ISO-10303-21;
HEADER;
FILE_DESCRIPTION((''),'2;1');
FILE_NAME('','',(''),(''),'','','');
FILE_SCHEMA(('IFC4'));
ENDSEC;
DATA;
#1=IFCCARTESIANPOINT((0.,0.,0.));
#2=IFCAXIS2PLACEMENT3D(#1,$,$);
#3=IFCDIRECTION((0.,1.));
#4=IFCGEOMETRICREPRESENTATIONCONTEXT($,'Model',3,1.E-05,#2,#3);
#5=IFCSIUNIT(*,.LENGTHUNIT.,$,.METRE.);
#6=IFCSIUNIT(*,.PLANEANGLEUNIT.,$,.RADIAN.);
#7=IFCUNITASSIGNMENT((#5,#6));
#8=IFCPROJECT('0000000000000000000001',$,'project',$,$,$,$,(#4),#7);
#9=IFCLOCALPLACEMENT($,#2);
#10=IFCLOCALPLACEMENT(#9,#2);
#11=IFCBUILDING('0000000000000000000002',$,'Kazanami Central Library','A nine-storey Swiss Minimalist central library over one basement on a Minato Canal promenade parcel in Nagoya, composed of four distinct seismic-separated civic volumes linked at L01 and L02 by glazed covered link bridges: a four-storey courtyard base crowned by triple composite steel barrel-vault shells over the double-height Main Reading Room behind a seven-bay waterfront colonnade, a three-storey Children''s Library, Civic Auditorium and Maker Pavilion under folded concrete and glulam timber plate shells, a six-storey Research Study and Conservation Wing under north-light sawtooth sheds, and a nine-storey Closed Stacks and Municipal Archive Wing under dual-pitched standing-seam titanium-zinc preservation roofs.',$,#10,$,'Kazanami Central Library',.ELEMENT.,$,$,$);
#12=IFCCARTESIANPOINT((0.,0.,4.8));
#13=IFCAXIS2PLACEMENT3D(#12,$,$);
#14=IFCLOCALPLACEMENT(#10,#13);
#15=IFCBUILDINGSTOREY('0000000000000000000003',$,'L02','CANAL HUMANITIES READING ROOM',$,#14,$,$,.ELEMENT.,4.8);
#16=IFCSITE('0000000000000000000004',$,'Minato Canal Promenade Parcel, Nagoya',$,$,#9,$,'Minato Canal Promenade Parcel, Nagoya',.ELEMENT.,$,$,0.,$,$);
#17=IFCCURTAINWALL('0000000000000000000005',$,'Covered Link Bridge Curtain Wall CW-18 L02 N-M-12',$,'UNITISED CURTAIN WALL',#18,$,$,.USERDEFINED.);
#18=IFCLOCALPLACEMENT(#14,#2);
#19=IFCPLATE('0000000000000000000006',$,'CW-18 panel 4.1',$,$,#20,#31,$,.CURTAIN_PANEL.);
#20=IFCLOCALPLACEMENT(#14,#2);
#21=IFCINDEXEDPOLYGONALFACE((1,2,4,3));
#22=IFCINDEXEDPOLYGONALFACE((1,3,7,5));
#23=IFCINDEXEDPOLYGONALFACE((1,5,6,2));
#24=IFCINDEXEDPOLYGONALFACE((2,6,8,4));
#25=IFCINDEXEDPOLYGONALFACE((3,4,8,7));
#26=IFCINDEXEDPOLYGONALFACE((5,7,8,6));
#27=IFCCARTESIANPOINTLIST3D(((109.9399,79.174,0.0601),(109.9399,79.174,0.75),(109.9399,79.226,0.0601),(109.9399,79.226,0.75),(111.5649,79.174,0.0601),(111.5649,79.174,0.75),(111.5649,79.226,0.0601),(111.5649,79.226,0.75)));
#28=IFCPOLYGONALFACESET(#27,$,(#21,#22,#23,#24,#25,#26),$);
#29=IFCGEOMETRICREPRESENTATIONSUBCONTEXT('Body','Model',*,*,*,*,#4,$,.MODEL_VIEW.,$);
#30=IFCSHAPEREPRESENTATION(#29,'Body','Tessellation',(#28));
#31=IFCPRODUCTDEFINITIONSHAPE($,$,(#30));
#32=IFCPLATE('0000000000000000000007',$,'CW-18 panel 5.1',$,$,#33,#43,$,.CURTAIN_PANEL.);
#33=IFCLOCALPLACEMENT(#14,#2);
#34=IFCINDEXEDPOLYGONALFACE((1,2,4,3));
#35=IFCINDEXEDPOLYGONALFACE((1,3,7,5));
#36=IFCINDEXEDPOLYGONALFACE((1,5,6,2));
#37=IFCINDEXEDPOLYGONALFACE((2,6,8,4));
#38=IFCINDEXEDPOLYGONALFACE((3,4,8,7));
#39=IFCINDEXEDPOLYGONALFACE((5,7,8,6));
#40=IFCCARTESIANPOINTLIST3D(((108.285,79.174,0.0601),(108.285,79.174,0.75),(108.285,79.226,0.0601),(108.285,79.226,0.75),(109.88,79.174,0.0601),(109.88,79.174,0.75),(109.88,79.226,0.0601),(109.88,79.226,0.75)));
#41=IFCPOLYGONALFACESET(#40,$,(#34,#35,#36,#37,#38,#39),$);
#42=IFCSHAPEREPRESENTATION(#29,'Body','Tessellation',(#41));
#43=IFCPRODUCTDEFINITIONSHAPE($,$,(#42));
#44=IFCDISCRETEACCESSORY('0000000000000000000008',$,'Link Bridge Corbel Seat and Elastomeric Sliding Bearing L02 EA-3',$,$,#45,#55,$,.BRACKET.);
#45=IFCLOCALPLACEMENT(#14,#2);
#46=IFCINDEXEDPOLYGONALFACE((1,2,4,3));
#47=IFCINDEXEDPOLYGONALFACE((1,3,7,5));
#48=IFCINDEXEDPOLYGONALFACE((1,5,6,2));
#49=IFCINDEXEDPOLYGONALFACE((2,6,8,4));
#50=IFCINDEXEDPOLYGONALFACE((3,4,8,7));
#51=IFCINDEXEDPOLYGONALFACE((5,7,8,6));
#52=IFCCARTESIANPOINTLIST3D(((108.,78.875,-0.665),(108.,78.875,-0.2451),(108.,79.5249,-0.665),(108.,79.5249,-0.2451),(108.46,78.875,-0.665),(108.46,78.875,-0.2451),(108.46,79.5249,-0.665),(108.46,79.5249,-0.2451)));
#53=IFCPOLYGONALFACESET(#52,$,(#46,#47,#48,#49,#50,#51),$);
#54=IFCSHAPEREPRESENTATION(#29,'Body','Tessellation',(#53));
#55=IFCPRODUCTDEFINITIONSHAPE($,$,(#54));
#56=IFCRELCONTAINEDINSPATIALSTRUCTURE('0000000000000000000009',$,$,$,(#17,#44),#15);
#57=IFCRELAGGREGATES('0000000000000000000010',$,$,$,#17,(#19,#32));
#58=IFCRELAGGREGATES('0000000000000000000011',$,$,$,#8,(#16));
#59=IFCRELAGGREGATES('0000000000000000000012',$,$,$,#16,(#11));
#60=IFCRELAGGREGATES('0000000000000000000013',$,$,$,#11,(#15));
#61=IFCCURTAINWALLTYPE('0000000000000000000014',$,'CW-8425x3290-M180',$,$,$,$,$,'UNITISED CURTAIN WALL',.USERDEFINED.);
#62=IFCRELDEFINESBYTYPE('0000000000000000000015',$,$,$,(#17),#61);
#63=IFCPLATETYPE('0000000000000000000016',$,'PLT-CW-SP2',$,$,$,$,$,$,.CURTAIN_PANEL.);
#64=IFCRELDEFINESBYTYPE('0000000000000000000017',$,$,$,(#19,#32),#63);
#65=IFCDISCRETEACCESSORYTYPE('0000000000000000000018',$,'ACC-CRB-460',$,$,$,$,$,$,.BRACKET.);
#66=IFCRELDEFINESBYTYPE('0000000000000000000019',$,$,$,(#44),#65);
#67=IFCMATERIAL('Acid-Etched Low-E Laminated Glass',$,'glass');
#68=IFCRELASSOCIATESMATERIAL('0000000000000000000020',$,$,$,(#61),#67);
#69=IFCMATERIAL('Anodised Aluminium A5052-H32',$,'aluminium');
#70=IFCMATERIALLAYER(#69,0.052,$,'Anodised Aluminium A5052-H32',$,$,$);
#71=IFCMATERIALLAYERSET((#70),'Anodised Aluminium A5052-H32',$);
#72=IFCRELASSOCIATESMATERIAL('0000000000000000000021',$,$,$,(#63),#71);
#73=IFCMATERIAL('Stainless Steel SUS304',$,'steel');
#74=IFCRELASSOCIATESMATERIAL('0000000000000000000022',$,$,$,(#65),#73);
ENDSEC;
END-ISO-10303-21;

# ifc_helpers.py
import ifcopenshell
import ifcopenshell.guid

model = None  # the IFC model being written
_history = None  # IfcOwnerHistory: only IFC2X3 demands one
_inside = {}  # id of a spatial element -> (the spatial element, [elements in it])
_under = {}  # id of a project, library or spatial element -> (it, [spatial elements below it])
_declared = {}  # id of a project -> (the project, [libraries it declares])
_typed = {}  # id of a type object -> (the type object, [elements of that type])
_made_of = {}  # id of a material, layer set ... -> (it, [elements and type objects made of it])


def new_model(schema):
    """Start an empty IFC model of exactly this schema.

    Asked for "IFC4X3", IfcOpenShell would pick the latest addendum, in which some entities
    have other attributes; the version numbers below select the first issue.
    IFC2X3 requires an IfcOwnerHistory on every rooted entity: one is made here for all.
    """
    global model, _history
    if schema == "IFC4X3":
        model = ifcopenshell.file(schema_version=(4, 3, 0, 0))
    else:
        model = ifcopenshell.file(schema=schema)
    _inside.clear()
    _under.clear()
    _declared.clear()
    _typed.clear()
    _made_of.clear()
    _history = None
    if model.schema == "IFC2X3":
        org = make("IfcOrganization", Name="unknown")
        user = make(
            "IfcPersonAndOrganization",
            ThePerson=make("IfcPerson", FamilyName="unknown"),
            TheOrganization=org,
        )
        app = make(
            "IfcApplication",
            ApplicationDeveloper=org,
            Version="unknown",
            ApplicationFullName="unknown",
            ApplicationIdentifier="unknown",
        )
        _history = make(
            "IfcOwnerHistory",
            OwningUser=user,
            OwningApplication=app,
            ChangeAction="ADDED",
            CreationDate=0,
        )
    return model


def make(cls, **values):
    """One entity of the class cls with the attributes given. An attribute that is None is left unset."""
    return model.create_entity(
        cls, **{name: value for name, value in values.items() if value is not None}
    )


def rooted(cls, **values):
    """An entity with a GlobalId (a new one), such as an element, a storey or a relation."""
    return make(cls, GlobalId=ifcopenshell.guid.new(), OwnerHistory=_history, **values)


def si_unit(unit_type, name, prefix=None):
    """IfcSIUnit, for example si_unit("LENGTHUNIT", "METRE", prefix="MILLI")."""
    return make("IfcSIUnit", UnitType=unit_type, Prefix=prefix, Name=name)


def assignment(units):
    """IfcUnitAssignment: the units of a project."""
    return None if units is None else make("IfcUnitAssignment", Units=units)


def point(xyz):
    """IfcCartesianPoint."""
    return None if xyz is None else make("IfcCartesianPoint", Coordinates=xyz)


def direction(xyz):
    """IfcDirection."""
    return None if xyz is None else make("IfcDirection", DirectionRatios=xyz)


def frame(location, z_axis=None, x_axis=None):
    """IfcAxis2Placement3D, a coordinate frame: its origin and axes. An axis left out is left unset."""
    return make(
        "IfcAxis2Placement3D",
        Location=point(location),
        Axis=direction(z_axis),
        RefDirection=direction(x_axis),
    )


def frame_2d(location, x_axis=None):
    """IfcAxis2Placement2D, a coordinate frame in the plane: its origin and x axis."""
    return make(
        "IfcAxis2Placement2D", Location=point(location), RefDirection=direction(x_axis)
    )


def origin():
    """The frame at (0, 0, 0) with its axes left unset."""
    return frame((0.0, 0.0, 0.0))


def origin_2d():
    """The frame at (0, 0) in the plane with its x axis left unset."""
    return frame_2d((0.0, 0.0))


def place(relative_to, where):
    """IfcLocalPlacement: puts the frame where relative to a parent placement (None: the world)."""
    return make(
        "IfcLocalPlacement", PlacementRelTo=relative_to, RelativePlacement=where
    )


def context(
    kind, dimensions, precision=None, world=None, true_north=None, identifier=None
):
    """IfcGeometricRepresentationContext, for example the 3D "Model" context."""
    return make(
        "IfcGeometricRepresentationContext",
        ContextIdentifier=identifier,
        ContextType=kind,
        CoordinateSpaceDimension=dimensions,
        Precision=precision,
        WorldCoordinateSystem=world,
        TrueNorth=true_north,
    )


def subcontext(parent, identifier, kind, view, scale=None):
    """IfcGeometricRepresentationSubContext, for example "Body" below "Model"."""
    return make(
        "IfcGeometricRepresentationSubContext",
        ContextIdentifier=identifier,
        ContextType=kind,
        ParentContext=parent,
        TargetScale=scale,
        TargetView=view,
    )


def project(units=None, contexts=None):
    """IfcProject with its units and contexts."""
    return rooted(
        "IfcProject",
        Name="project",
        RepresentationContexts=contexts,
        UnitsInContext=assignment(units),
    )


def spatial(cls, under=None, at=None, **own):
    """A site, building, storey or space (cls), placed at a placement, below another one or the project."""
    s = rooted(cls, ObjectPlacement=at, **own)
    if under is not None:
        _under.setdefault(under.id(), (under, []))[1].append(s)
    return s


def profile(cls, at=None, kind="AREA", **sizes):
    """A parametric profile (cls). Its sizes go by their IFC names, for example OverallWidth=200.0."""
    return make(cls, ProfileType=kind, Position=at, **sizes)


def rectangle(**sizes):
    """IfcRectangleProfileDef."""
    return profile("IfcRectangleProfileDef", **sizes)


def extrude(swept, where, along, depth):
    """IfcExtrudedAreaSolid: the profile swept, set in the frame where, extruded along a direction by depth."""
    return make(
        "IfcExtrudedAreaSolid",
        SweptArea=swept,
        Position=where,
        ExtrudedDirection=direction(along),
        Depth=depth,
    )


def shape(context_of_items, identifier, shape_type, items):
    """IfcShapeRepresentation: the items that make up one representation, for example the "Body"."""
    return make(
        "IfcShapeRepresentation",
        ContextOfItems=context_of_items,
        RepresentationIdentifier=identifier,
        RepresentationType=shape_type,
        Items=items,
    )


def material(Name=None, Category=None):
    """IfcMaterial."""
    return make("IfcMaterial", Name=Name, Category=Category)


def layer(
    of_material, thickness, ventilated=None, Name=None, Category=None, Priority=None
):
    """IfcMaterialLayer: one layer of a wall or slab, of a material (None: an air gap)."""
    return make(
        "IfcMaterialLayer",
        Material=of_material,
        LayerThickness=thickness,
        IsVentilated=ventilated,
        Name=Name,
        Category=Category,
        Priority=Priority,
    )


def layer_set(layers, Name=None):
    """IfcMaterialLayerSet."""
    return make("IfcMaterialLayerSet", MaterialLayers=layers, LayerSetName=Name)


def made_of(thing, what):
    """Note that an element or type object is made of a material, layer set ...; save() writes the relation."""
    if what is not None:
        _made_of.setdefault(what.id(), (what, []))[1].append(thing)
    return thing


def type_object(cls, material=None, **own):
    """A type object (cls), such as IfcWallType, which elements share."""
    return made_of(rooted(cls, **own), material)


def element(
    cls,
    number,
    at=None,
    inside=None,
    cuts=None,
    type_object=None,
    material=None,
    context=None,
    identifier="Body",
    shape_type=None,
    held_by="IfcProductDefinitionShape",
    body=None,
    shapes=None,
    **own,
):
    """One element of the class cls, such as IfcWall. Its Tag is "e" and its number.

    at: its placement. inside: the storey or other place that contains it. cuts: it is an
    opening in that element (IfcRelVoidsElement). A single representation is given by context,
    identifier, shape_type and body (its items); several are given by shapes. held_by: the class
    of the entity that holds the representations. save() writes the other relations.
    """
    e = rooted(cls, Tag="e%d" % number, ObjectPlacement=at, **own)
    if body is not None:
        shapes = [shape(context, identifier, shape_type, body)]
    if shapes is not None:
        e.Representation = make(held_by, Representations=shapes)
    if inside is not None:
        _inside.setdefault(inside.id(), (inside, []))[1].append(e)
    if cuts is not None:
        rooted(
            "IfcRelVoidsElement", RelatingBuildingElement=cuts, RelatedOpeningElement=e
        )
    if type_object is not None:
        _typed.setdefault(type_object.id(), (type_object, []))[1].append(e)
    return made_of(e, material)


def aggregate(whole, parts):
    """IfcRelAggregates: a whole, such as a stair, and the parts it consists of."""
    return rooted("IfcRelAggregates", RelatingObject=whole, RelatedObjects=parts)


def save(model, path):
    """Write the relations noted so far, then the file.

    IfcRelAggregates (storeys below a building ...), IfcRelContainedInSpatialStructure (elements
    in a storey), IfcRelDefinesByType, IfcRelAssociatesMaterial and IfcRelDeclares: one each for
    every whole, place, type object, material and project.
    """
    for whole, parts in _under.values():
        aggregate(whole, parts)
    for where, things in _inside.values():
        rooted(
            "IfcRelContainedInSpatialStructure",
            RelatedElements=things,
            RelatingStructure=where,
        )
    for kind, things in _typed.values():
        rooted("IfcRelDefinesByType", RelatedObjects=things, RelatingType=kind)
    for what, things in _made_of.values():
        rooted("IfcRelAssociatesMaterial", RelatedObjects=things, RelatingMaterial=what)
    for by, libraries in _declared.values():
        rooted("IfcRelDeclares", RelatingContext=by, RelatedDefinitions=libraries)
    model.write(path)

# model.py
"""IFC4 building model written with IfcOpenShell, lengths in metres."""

from ifc_helpers import new_model, si_unit, direction, frame, origin, origin_2d, place, context, subcontext, project, spatial, rectangle, extrude, material, layer, layer_set, type_object, element, aggregate, save


model = new_model("IFC4")

# Units and contexts
model_context = context("Model", 3, precision=1e-05, world=origin(), true_north=direction((0.0, 1.0)))
body_context = subcontext(model_context, "Body", "Model", "MODEL_VIEW")
ifc_project = project(units=[si_unit("LENGTHUNIT", "METRE"), si_unit("PLANEANGLEUNIT", "RADIAN")], contexts=[model_context])

# Site, building, storey
site_placement = place(None, origin())
site = spatial("IfcSite", under=ifc_project, at=site_placement, Name="Minato Canal Promenade Parcel, Nagoya", LongName="Minato Canal Promenade Parcel, Nagoya", CompositionType="ELEMENT", RefElevation=0.0)
building_placement = place(site_placement, origin())
building = spatial("IfcBuilding", under=site, at=building_placement, Name="Kazanami Central Library", Description="A nine-storey Swiss Minimalist central library over one basement on a Minato Canal promenade parcel in Nagoya, composed of four distinct seismic-separated civic volumes linked at L01 and L02 by glazed covered link bridges: a four-storey courtyard base crowned by triple composite steel barrel-vault shells over the double-height Main Reading Room behind a seven-bay waterfront colonnade, a three-storey Children's Library, Civic Auditorium and Maker Pavilion under folded concrete and glulam timber plate shells, a six-storey Research Study and Conservation Wing under north-light sawtooth sheds, and a nine-storey Closed Stacks and Municipal Archive Wing under dual-pitched standing-seam titanium-zinc preservation roofs.", LongName="Kazanami Central Library", CompositionType="ELEMENT")
storey_placement = place(building_placement, frame((0.0, 0.0, 4.8)))
storey = spatial("IfcBuildingStorey", under=building, at=storey_placement, Name="L02", Description="CANAL HUMANITIES READING ROOM", CompositionType="ELEMENT", Elevation=4.8)

# Shared definitions
ifc_material_1 = material(Name="Acid-Etched Low-E Laminated Glass", Category="glass")

# Curtain wall
curtain_wall_type_1 = type_object("IfcCurtainWallType", Name="CW-8425x3290-M180", ElementType="UNITISED CURTAIN WALL", PredefinedType="USERDEFINED", material=ifc_material_1)
curtain_wall_1_placement = place(storey_placement, origin())
curtain_wall_1 = element("IfcCurtainWall", 1, at=curtain_wall_1_placement, inside=storey, type_object=curtain_wall_type_1, Name="Covered Link Bridge Curtain Wall CW-18 L02 N-M-12", ObjectType="UNITISED CURTAIN WALL", PredefinedType="USERDEFINED")

# Plates
ifc_material_2 = material(Name="Anodised Aluminium A5052-H32", Category="aluminium")
ifc_layer_1 = layer(ifc_material_2, 0.052, Name="Anodised Aluminium A5052-H32")
ifc_layer_set_1 = layer_set([ifc_layer_1], Name="Anodised Aluminium A5052-H32")
plate_type_1 = type_object("IfcPlateType", Name="PLT-CW-SP2", PredefinedType="CURTAIN_PANEL", material=ifc_layer_set_1)
plate_1_placement = place(storey_placement, frame((110.7524, 79.2, 0.0601), z_axis=(0.0, 0.0, 1.0), x_axis=(-1.0, 0.0, 0.0)))
plate_1 = element("IfcPlate", 2, at=plate_1_placement, type_object=plate_type_1, Name="CW-18 panel 4.1", PredefinedType="CURTAIN_PANEL", context=body_context, shape_type="SweptSolid", body=[
    extrude(rectangle(XDim=1.625, YDim=0.052, at=origin_2d()), origin(), (0.0, 0.0, 1.0), 0.6899),
])
plate_2_placement = place(storey_placement, frame((109.0825, 79.2, 0.0601), z_axis=(0.0, 0.0, 1.0), x_axis=(-1.0, 0.0, 0.0)))
plate_2 = element("IfcPlate", 3, at=plate_2_placement, type_object=plate_type_1, Name="CW-18 panel 5.1", PredefinedType="CURTAIN_PANEL", context=body_context, shape_type="SweptSolid", body=[
    extrude(rectangle(XDim=1.595, YDim=0.052, at=origin_2d()), origin(), (0.0, 0.0, 1.0), 0.6899),
])
aggregate(curtain_wall_1, [plate_1, plate_2])

# Discrete accessory
ifc_material_3 = material(Name="Stainless Steel SUS304", Category="steel")
discrete_accessory_type = type_object("IfcDiscreteAccessoryType", Name="ACC-CRB-460", PredefinedType="BRACKET", material=ifc_material_3)
discrete_accessory_placement = place(storey_placement, frame((108.23, 79.2, -0.665), z_axis=(0.0, 0.0, 1.0), x_axis=(1.0, 0.0, 0.0)))
element("IfcDiscreteAccessory", 4, at=discrete_accessory_placement, inside=storey, type_object=discrete_accessory_type, Name="Link Bridge Corbel Seat and Elastomeric Sliding Bearing L02 EA-3", PredefinedType="BRACKET", context=body_context, shape_type="SweptSolid", body=[
    extrude(rectangle(XDim=0.46, YDim=0.6499, at=origin_2d()), origin(), (0.0, 0.0, 1.0), 0.4199),
])

save(model, "model.ifc")
